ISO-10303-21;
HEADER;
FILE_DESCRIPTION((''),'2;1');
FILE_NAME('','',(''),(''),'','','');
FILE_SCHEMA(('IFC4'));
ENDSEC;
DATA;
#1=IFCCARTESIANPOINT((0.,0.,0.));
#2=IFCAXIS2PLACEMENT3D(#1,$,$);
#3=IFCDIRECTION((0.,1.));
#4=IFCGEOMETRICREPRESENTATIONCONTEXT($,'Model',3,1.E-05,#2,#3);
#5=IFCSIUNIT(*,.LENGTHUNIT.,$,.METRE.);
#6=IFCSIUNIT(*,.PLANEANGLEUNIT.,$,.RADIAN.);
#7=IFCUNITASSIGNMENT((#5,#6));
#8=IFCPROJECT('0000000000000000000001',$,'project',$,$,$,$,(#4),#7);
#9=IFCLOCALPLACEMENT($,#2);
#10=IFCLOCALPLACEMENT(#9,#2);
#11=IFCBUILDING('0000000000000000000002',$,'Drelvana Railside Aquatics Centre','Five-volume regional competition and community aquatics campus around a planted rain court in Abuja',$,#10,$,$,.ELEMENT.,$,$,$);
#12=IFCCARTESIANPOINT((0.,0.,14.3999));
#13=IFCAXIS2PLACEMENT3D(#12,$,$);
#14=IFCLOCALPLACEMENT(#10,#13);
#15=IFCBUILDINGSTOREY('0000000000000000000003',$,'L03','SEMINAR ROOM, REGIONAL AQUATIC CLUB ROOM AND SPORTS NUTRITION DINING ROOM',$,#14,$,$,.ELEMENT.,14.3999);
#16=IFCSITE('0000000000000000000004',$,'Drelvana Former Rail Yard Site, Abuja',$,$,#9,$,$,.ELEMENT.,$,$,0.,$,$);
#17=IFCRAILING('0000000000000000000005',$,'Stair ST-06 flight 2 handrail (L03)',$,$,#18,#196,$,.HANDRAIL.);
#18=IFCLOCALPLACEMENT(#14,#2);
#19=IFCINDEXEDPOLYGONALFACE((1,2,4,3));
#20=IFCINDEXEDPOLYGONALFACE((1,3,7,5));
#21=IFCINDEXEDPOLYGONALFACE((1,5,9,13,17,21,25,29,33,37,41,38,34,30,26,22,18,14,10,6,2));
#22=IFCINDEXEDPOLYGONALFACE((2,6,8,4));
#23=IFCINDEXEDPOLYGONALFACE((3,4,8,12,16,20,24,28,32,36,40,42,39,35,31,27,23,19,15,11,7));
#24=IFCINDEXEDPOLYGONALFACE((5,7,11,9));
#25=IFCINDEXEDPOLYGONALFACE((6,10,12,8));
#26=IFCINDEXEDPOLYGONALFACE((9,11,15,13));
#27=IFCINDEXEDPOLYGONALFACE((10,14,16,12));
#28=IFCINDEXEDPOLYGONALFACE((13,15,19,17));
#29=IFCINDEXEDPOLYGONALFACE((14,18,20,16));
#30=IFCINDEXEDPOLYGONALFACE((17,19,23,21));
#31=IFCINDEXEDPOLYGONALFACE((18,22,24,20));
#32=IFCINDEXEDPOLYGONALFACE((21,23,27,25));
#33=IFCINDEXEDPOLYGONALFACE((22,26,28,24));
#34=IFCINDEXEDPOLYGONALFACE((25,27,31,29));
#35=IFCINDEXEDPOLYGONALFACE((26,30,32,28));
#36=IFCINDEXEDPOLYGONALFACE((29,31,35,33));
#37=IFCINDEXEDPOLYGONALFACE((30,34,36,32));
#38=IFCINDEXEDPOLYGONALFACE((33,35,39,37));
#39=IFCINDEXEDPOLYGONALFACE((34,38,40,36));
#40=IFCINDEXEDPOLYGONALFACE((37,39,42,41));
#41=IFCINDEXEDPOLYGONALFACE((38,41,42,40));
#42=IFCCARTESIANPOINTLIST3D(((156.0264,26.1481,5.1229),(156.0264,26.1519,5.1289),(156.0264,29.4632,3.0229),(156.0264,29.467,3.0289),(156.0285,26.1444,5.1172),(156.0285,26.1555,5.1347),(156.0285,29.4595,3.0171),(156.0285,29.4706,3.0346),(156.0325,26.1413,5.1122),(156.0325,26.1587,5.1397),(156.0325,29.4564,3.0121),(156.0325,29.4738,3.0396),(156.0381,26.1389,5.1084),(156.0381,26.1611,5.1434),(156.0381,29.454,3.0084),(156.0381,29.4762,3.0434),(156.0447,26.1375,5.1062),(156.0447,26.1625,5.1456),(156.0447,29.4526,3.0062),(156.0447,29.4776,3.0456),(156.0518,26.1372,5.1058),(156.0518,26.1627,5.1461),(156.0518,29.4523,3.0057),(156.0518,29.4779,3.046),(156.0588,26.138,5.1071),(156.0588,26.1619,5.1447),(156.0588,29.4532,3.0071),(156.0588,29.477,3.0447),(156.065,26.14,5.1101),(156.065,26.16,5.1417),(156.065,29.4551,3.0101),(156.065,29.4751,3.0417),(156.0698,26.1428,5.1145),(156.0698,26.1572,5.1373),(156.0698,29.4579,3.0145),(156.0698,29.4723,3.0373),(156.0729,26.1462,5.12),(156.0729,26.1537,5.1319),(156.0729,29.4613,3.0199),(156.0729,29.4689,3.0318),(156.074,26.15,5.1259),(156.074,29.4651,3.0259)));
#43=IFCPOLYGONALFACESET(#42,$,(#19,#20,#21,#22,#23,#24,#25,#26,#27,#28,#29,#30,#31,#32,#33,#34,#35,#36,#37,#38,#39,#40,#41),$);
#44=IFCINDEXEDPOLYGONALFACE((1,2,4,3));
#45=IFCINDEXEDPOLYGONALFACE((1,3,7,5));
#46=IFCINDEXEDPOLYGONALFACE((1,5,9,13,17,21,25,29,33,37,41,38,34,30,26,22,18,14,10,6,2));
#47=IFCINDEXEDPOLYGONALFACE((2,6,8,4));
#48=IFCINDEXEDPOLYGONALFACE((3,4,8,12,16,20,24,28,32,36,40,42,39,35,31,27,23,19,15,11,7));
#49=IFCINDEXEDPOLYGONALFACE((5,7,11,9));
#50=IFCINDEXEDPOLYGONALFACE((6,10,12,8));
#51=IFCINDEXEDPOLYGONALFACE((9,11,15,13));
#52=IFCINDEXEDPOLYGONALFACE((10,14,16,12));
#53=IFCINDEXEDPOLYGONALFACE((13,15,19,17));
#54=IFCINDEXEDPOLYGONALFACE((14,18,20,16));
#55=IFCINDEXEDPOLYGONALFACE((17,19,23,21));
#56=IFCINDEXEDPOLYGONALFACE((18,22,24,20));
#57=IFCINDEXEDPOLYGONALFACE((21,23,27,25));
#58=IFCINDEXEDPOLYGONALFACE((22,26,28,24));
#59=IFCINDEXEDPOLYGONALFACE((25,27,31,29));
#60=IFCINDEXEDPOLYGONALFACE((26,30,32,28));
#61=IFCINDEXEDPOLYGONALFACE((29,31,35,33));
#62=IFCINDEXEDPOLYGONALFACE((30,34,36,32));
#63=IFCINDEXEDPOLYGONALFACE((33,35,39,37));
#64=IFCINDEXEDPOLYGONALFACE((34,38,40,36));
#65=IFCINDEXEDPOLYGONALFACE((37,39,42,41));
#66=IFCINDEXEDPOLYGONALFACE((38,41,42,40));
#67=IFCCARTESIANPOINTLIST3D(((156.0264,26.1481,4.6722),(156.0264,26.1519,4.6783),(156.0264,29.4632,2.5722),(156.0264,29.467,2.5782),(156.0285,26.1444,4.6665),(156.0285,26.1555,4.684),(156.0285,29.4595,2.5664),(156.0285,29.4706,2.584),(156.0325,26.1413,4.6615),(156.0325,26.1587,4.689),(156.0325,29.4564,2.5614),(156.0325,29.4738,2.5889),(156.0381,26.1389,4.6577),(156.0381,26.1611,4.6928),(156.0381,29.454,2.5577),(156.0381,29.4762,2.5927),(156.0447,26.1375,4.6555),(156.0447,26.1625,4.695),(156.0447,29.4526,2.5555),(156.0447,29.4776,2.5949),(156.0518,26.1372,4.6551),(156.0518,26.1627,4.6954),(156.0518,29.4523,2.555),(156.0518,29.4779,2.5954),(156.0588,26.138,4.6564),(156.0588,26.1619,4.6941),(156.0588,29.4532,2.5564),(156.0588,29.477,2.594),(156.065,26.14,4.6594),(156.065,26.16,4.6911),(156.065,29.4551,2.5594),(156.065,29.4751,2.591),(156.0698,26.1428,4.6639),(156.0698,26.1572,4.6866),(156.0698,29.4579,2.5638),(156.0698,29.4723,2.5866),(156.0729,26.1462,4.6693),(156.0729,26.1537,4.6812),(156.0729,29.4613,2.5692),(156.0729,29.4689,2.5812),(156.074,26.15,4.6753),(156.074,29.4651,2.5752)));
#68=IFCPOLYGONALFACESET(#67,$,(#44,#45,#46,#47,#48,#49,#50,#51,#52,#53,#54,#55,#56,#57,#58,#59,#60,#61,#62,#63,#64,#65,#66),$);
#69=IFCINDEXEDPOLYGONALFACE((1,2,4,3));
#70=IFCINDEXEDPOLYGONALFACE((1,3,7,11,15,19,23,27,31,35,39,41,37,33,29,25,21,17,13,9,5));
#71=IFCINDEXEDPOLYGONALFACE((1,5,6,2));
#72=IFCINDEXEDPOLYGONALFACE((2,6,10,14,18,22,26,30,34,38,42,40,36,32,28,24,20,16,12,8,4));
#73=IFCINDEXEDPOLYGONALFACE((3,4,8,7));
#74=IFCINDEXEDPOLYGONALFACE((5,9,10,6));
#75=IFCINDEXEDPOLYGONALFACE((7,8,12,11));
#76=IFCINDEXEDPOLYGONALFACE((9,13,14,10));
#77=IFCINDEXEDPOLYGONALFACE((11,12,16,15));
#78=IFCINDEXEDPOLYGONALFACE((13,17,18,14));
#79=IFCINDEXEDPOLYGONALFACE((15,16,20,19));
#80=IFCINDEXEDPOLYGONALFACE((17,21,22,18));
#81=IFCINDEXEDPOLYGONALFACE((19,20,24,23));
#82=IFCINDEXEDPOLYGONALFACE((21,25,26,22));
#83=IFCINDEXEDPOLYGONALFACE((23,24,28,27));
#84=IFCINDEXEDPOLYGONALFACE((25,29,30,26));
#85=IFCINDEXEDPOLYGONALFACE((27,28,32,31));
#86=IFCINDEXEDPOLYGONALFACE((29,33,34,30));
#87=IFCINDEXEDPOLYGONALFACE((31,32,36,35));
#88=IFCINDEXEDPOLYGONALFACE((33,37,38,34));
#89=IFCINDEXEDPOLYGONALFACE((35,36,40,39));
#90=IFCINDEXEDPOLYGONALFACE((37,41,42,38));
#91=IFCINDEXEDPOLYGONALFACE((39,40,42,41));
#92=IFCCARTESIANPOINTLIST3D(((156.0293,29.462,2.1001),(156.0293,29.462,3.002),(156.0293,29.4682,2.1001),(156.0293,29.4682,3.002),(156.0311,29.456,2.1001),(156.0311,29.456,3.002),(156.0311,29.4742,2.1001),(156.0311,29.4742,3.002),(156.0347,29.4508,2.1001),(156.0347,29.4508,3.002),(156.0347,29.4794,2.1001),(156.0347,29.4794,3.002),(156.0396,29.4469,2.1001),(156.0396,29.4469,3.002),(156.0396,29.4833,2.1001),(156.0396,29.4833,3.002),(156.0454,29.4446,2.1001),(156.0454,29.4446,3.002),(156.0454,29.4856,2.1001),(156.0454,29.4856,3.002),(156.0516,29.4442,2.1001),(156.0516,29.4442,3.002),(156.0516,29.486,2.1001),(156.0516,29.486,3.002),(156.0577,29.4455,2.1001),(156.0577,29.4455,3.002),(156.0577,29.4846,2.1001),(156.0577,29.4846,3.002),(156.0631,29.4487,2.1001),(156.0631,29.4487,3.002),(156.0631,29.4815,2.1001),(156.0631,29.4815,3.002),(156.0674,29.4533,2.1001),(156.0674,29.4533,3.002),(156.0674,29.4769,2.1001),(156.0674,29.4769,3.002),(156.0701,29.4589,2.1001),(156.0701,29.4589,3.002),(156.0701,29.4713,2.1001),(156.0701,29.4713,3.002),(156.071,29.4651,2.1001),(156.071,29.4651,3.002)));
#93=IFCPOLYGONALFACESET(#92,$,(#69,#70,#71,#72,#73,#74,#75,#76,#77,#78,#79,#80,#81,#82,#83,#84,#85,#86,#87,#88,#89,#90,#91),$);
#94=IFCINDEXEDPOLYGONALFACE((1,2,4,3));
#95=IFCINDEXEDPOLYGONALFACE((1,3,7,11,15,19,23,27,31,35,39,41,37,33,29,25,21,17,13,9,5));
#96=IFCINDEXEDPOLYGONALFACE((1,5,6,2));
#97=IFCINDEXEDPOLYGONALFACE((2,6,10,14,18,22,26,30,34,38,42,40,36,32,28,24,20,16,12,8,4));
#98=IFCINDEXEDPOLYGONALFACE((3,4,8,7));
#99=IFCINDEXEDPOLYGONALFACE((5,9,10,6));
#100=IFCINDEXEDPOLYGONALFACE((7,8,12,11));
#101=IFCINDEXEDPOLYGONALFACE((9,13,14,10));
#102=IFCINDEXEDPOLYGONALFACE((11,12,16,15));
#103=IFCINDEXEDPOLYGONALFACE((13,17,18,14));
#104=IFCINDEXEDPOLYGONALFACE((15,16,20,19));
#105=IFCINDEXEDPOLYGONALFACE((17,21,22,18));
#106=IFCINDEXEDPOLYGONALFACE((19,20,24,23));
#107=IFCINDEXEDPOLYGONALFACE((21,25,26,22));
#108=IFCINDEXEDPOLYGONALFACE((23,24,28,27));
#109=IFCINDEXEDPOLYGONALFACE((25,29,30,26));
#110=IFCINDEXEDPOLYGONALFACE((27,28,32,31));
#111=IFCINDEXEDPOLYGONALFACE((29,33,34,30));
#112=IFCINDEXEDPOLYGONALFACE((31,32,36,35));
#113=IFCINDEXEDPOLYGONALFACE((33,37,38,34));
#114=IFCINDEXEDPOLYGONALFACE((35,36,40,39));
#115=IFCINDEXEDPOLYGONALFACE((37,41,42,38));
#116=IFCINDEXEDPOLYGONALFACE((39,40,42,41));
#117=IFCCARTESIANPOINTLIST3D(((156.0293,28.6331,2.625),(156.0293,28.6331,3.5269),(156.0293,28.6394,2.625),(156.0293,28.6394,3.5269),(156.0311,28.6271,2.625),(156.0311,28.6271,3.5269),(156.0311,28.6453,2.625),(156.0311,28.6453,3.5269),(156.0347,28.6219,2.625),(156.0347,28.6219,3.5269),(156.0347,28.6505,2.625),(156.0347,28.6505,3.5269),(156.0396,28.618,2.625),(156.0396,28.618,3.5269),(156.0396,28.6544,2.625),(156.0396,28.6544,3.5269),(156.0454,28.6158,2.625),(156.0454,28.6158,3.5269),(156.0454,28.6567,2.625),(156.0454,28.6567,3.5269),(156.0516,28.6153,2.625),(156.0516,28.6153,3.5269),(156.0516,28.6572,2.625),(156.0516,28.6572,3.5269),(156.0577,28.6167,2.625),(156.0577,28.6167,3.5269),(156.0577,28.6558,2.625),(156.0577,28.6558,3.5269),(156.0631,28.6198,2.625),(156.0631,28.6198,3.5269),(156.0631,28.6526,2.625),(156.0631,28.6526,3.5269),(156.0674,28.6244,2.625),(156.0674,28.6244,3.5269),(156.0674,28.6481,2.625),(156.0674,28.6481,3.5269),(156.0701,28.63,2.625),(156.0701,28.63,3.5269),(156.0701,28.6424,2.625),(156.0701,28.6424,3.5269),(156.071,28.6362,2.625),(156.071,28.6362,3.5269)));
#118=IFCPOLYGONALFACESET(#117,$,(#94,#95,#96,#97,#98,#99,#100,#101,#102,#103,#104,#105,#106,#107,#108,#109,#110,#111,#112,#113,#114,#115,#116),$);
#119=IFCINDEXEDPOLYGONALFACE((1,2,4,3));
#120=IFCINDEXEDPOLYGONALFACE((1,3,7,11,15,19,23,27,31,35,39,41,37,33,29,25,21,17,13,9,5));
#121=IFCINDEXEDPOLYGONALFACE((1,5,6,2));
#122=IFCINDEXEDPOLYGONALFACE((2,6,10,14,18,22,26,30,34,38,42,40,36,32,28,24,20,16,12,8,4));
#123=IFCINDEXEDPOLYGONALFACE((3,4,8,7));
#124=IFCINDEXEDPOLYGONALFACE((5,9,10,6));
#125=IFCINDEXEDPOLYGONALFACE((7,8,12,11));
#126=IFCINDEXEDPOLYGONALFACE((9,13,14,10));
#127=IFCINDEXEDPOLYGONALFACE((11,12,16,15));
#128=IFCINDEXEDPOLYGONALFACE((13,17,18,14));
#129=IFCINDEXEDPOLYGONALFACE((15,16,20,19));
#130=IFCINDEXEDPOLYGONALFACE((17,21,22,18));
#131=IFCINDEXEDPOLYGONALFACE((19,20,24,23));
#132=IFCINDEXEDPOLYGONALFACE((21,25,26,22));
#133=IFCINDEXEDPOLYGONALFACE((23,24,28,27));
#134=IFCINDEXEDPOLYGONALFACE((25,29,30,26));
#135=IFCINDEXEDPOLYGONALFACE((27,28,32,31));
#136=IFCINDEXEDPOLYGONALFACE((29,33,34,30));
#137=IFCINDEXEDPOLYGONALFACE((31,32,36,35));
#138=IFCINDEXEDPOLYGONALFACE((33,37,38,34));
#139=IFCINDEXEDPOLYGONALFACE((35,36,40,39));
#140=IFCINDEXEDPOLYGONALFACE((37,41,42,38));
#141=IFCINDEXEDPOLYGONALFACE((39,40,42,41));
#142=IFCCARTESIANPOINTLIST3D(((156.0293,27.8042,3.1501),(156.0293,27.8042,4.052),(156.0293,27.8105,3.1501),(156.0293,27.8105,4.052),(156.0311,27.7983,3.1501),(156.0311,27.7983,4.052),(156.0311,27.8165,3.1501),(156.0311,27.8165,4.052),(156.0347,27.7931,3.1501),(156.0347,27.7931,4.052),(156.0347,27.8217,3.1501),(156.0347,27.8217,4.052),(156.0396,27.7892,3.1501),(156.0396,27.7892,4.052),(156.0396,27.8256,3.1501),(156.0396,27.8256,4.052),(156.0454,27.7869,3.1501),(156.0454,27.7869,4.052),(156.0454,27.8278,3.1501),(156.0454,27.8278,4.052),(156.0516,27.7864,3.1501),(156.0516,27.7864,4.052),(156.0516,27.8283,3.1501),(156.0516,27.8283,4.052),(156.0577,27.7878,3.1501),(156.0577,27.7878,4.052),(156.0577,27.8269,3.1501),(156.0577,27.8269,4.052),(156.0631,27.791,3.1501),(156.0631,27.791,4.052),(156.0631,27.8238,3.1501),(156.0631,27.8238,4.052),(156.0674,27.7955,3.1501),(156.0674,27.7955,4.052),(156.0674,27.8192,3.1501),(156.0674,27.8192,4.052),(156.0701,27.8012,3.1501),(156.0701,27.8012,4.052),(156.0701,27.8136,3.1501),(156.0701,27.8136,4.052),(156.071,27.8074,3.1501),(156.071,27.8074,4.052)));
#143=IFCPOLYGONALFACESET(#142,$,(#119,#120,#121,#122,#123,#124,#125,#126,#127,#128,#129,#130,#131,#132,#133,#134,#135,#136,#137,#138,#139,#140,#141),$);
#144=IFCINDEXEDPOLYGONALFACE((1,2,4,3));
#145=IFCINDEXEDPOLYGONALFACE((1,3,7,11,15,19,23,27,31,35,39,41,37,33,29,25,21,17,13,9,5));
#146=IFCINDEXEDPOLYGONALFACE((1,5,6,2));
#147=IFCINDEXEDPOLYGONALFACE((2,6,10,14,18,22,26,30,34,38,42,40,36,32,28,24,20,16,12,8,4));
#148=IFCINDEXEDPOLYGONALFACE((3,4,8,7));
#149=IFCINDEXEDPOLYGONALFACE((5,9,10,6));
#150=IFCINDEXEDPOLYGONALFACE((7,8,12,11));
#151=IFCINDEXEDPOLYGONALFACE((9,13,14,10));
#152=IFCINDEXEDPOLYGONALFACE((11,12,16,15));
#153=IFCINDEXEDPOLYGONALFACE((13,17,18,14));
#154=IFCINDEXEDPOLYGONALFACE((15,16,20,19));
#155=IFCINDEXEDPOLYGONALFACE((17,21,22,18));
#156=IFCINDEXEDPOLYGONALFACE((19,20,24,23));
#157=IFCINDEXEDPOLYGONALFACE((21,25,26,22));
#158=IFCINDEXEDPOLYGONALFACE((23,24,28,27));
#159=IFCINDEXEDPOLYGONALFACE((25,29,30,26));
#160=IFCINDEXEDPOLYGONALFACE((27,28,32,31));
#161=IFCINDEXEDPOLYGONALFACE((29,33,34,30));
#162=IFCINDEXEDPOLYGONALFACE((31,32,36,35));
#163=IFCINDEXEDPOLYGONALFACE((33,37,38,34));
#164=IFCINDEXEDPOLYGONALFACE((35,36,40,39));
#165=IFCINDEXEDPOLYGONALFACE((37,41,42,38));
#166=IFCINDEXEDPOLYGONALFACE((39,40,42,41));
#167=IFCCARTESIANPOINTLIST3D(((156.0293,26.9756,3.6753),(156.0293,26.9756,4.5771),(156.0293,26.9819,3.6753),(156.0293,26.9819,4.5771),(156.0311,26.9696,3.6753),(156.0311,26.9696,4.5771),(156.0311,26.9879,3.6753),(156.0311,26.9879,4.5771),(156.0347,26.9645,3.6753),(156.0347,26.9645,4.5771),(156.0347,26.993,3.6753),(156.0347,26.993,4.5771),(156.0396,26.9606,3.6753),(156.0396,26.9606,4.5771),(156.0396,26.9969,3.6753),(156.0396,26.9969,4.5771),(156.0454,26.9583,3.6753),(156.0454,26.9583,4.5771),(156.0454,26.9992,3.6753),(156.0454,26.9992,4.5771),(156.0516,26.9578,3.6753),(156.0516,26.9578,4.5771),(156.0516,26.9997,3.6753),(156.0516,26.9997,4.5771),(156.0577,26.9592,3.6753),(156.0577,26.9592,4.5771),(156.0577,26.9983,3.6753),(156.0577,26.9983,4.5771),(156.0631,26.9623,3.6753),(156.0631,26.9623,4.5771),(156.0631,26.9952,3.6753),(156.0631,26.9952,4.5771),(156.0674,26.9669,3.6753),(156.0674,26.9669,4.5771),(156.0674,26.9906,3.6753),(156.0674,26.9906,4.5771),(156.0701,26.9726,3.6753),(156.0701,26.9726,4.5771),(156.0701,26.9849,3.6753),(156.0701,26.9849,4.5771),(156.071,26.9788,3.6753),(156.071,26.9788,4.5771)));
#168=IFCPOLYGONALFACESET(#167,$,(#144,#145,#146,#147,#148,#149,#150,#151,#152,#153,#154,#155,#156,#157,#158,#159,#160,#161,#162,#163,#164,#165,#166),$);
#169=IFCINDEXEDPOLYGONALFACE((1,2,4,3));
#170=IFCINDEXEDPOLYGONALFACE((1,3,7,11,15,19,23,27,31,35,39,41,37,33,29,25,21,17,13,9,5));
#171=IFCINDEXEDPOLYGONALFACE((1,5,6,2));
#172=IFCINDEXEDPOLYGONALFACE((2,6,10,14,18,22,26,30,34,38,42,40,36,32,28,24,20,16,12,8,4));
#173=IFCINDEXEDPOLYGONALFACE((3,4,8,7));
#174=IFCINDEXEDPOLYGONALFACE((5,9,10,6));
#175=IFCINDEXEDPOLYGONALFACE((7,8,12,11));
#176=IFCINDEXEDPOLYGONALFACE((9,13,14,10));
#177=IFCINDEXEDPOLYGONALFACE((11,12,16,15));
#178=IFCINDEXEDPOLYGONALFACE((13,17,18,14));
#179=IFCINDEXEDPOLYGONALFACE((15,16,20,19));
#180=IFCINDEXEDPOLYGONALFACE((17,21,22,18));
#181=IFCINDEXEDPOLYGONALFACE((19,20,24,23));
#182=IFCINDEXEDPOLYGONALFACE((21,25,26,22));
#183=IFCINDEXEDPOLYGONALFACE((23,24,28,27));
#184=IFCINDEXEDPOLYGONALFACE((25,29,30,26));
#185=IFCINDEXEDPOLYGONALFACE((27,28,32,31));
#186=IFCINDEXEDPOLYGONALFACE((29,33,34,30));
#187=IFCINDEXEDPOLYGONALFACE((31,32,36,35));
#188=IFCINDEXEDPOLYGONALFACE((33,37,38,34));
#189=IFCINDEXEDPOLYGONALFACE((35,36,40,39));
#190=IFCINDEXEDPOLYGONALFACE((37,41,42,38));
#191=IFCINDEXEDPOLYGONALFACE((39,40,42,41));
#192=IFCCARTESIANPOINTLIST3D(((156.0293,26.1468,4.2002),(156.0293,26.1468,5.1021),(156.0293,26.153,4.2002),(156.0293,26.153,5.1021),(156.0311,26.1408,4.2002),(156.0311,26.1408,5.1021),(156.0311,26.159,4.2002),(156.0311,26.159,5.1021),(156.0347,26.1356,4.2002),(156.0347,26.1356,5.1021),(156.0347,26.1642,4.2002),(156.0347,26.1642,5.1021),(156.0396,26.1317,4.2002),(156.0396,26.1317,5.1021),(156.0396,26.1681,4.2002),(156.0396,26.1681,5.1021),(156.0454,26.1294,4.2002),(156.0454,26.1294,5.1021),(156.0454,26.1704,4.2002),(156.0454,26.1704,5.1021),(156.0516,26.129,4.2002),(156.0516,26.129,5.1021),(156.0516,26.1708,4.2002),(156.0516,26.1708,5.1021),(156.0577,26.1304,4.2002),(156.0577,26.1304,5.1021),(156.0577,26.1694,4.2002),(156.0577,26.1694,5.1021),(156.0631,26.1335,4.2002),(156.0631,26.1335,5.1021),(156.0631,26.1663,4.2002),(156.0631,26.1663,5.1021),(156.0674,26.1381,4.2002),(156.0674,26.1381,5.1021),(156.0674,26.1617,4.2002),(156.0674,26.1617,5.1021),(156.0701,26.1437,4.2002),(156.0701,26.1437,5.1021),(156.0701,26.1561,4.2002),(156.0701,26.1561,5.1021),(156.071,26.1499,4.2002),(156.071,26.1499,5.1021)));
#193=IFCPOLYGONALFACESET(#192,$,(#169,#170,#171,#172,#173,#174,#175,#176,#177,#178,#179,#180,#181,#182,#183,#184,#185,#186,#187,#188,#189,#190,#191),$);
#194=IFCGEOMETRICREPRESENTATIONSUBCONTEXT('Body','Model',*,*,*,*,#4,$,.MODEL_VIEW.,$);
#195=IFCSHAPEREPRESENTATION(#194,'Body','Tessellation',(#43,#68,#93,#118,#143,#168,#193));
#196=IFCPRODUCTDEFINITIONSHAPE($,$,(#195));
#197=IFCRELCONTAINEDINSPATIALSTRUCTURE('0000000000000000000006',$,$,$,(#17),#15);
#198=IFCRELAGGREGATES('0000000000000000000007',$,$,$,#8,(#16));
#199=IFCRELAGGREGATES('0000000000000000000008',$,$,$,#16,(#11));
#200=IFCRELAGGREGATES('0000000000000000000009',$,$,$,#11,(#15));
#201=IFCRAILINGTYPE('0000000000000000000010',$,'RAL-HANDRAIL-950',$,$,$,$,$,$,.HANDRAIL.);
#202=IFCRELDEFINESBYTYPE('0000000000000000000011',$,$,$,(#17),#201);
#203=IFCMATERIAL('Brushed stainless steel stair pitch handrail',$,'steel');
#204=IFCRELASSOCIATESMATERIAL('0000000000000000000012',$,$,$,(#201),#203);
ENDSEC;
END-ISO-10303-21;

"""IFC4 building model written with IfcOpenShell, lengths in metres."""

from ifc_helpers import new_model, si_unit, direction, frame, origin, origin_2d, place, context, subcontext, project, spatial, circle, extrude, material, type_object, element, save


model = new_model("IFC4")

# Units and contexts
model_context = context("Model", 3, precision=1e-05, world=origin(), true_north=direction((0.0, 1.0)))
body_context = subcontext(model_context, "Body", "Model", "MODEL_VIEW")
ifc_project = project(units=[si_unit("LENGTHUNIT", "METRE"), si_unit("PLANEANGLEUNIT", "RADIAN")], contexts=[model_context])

# Site, building, storey
site_placement = place(None, origin())
site = spatial("IfcSite", under=ifc_project, at=site_placement, Name="Drelvana Former Rail Yard Site, Abuja", CompositionType="ELEMENT", RefElevation=0.0)
building_placement = place(site_placement, origin())
building = spatial("IfcBuilding", under=site, at=building_placement, Name="Drelvana Railside Aquatics Centre", Description="Five-volume regional competition and community aquatics campus around a planted rain court in Abuja", CompositionType="ELEMENT")
storey_placement = place(building_placement, frame((0.0, 0.0, 14.3999)))
storey = spatial("IfcBuildingStorey", under=building, at=storey_placement, Name="L03", Description="SEMINAR ROOM, REGIONAL AQUATIC CLUB ROOM AND SPORTS NUTRITION DINING ROOM", CompositionType="ELEMENT", Elevation=14.3999)

# Railing
ifc_material_1 = material(Name="Brushed stainless steel stair pitch handrail", Category="steel")
railing_type = type_object("IfcRailingType", Name="RAL-HANDRAIL-950", PredefinedType="HANDRAIL", material=ifc_material_1)
railing_placement = place(storey_placement, frame((156.05, 29.4651, 2.1001)))
element("IfcRailing", 1, at=railing_placement, inside=storey, type_object=railing_type, Name="Stair ST-06 flight 2 handrail (L03)", PredefinedType="HANDRAIL", context=body_context, shape_type="SweptSolid", body=[
    extrude(circle(Radius=0.0239, at=origin_2d()), frame((0.0, 0.0, 0.9258), z_axis=(0.0, -0.844764, 0.535139), x_axis=(1.0, 0.0, 0.0)), (0.0, 0.0, 1.0), 3.9243),
    extrude(circle(Radius=0.0239, at=origin_2d()), frame((0.0, 0.0, 0.4751), z_axis=(0.0, -0.844764, 0.535139), x_axis=(1.0, 0.0, 0.0)), (0.0, 0.0, 1.0), 3.9243),
    extrude(circle(Radius=0.021, at=origin_2d()), origin(), (0.0, 0.0, 1.0), 0.9019),
    extrude(circle(Radius=0.021, at=origin_2d()), frame((0.0, -0.8289, 0.5249)), (0.0, 0.0, 1.0), 0.9019),
    extrude(circle(Radius=0.021, at=origin_2d()), frame((0.0, -1.6577, 1.05)), (0.0, 0.0, 1.0), 0.9019),
    extrude(circle(Radius=0.021, at=origin_2d()), frame((0.0, -2.4863, 1.5752)), (0.0, 0.0, 1.0), 0.9019),
    extrude(circle(Radius=0.021, at=origin_2d()), frame((0.0, -3.3152, 2.1001)), (0.0, 0.0, 1.0), 0.9019),
])

save(model, "model.ifc")
